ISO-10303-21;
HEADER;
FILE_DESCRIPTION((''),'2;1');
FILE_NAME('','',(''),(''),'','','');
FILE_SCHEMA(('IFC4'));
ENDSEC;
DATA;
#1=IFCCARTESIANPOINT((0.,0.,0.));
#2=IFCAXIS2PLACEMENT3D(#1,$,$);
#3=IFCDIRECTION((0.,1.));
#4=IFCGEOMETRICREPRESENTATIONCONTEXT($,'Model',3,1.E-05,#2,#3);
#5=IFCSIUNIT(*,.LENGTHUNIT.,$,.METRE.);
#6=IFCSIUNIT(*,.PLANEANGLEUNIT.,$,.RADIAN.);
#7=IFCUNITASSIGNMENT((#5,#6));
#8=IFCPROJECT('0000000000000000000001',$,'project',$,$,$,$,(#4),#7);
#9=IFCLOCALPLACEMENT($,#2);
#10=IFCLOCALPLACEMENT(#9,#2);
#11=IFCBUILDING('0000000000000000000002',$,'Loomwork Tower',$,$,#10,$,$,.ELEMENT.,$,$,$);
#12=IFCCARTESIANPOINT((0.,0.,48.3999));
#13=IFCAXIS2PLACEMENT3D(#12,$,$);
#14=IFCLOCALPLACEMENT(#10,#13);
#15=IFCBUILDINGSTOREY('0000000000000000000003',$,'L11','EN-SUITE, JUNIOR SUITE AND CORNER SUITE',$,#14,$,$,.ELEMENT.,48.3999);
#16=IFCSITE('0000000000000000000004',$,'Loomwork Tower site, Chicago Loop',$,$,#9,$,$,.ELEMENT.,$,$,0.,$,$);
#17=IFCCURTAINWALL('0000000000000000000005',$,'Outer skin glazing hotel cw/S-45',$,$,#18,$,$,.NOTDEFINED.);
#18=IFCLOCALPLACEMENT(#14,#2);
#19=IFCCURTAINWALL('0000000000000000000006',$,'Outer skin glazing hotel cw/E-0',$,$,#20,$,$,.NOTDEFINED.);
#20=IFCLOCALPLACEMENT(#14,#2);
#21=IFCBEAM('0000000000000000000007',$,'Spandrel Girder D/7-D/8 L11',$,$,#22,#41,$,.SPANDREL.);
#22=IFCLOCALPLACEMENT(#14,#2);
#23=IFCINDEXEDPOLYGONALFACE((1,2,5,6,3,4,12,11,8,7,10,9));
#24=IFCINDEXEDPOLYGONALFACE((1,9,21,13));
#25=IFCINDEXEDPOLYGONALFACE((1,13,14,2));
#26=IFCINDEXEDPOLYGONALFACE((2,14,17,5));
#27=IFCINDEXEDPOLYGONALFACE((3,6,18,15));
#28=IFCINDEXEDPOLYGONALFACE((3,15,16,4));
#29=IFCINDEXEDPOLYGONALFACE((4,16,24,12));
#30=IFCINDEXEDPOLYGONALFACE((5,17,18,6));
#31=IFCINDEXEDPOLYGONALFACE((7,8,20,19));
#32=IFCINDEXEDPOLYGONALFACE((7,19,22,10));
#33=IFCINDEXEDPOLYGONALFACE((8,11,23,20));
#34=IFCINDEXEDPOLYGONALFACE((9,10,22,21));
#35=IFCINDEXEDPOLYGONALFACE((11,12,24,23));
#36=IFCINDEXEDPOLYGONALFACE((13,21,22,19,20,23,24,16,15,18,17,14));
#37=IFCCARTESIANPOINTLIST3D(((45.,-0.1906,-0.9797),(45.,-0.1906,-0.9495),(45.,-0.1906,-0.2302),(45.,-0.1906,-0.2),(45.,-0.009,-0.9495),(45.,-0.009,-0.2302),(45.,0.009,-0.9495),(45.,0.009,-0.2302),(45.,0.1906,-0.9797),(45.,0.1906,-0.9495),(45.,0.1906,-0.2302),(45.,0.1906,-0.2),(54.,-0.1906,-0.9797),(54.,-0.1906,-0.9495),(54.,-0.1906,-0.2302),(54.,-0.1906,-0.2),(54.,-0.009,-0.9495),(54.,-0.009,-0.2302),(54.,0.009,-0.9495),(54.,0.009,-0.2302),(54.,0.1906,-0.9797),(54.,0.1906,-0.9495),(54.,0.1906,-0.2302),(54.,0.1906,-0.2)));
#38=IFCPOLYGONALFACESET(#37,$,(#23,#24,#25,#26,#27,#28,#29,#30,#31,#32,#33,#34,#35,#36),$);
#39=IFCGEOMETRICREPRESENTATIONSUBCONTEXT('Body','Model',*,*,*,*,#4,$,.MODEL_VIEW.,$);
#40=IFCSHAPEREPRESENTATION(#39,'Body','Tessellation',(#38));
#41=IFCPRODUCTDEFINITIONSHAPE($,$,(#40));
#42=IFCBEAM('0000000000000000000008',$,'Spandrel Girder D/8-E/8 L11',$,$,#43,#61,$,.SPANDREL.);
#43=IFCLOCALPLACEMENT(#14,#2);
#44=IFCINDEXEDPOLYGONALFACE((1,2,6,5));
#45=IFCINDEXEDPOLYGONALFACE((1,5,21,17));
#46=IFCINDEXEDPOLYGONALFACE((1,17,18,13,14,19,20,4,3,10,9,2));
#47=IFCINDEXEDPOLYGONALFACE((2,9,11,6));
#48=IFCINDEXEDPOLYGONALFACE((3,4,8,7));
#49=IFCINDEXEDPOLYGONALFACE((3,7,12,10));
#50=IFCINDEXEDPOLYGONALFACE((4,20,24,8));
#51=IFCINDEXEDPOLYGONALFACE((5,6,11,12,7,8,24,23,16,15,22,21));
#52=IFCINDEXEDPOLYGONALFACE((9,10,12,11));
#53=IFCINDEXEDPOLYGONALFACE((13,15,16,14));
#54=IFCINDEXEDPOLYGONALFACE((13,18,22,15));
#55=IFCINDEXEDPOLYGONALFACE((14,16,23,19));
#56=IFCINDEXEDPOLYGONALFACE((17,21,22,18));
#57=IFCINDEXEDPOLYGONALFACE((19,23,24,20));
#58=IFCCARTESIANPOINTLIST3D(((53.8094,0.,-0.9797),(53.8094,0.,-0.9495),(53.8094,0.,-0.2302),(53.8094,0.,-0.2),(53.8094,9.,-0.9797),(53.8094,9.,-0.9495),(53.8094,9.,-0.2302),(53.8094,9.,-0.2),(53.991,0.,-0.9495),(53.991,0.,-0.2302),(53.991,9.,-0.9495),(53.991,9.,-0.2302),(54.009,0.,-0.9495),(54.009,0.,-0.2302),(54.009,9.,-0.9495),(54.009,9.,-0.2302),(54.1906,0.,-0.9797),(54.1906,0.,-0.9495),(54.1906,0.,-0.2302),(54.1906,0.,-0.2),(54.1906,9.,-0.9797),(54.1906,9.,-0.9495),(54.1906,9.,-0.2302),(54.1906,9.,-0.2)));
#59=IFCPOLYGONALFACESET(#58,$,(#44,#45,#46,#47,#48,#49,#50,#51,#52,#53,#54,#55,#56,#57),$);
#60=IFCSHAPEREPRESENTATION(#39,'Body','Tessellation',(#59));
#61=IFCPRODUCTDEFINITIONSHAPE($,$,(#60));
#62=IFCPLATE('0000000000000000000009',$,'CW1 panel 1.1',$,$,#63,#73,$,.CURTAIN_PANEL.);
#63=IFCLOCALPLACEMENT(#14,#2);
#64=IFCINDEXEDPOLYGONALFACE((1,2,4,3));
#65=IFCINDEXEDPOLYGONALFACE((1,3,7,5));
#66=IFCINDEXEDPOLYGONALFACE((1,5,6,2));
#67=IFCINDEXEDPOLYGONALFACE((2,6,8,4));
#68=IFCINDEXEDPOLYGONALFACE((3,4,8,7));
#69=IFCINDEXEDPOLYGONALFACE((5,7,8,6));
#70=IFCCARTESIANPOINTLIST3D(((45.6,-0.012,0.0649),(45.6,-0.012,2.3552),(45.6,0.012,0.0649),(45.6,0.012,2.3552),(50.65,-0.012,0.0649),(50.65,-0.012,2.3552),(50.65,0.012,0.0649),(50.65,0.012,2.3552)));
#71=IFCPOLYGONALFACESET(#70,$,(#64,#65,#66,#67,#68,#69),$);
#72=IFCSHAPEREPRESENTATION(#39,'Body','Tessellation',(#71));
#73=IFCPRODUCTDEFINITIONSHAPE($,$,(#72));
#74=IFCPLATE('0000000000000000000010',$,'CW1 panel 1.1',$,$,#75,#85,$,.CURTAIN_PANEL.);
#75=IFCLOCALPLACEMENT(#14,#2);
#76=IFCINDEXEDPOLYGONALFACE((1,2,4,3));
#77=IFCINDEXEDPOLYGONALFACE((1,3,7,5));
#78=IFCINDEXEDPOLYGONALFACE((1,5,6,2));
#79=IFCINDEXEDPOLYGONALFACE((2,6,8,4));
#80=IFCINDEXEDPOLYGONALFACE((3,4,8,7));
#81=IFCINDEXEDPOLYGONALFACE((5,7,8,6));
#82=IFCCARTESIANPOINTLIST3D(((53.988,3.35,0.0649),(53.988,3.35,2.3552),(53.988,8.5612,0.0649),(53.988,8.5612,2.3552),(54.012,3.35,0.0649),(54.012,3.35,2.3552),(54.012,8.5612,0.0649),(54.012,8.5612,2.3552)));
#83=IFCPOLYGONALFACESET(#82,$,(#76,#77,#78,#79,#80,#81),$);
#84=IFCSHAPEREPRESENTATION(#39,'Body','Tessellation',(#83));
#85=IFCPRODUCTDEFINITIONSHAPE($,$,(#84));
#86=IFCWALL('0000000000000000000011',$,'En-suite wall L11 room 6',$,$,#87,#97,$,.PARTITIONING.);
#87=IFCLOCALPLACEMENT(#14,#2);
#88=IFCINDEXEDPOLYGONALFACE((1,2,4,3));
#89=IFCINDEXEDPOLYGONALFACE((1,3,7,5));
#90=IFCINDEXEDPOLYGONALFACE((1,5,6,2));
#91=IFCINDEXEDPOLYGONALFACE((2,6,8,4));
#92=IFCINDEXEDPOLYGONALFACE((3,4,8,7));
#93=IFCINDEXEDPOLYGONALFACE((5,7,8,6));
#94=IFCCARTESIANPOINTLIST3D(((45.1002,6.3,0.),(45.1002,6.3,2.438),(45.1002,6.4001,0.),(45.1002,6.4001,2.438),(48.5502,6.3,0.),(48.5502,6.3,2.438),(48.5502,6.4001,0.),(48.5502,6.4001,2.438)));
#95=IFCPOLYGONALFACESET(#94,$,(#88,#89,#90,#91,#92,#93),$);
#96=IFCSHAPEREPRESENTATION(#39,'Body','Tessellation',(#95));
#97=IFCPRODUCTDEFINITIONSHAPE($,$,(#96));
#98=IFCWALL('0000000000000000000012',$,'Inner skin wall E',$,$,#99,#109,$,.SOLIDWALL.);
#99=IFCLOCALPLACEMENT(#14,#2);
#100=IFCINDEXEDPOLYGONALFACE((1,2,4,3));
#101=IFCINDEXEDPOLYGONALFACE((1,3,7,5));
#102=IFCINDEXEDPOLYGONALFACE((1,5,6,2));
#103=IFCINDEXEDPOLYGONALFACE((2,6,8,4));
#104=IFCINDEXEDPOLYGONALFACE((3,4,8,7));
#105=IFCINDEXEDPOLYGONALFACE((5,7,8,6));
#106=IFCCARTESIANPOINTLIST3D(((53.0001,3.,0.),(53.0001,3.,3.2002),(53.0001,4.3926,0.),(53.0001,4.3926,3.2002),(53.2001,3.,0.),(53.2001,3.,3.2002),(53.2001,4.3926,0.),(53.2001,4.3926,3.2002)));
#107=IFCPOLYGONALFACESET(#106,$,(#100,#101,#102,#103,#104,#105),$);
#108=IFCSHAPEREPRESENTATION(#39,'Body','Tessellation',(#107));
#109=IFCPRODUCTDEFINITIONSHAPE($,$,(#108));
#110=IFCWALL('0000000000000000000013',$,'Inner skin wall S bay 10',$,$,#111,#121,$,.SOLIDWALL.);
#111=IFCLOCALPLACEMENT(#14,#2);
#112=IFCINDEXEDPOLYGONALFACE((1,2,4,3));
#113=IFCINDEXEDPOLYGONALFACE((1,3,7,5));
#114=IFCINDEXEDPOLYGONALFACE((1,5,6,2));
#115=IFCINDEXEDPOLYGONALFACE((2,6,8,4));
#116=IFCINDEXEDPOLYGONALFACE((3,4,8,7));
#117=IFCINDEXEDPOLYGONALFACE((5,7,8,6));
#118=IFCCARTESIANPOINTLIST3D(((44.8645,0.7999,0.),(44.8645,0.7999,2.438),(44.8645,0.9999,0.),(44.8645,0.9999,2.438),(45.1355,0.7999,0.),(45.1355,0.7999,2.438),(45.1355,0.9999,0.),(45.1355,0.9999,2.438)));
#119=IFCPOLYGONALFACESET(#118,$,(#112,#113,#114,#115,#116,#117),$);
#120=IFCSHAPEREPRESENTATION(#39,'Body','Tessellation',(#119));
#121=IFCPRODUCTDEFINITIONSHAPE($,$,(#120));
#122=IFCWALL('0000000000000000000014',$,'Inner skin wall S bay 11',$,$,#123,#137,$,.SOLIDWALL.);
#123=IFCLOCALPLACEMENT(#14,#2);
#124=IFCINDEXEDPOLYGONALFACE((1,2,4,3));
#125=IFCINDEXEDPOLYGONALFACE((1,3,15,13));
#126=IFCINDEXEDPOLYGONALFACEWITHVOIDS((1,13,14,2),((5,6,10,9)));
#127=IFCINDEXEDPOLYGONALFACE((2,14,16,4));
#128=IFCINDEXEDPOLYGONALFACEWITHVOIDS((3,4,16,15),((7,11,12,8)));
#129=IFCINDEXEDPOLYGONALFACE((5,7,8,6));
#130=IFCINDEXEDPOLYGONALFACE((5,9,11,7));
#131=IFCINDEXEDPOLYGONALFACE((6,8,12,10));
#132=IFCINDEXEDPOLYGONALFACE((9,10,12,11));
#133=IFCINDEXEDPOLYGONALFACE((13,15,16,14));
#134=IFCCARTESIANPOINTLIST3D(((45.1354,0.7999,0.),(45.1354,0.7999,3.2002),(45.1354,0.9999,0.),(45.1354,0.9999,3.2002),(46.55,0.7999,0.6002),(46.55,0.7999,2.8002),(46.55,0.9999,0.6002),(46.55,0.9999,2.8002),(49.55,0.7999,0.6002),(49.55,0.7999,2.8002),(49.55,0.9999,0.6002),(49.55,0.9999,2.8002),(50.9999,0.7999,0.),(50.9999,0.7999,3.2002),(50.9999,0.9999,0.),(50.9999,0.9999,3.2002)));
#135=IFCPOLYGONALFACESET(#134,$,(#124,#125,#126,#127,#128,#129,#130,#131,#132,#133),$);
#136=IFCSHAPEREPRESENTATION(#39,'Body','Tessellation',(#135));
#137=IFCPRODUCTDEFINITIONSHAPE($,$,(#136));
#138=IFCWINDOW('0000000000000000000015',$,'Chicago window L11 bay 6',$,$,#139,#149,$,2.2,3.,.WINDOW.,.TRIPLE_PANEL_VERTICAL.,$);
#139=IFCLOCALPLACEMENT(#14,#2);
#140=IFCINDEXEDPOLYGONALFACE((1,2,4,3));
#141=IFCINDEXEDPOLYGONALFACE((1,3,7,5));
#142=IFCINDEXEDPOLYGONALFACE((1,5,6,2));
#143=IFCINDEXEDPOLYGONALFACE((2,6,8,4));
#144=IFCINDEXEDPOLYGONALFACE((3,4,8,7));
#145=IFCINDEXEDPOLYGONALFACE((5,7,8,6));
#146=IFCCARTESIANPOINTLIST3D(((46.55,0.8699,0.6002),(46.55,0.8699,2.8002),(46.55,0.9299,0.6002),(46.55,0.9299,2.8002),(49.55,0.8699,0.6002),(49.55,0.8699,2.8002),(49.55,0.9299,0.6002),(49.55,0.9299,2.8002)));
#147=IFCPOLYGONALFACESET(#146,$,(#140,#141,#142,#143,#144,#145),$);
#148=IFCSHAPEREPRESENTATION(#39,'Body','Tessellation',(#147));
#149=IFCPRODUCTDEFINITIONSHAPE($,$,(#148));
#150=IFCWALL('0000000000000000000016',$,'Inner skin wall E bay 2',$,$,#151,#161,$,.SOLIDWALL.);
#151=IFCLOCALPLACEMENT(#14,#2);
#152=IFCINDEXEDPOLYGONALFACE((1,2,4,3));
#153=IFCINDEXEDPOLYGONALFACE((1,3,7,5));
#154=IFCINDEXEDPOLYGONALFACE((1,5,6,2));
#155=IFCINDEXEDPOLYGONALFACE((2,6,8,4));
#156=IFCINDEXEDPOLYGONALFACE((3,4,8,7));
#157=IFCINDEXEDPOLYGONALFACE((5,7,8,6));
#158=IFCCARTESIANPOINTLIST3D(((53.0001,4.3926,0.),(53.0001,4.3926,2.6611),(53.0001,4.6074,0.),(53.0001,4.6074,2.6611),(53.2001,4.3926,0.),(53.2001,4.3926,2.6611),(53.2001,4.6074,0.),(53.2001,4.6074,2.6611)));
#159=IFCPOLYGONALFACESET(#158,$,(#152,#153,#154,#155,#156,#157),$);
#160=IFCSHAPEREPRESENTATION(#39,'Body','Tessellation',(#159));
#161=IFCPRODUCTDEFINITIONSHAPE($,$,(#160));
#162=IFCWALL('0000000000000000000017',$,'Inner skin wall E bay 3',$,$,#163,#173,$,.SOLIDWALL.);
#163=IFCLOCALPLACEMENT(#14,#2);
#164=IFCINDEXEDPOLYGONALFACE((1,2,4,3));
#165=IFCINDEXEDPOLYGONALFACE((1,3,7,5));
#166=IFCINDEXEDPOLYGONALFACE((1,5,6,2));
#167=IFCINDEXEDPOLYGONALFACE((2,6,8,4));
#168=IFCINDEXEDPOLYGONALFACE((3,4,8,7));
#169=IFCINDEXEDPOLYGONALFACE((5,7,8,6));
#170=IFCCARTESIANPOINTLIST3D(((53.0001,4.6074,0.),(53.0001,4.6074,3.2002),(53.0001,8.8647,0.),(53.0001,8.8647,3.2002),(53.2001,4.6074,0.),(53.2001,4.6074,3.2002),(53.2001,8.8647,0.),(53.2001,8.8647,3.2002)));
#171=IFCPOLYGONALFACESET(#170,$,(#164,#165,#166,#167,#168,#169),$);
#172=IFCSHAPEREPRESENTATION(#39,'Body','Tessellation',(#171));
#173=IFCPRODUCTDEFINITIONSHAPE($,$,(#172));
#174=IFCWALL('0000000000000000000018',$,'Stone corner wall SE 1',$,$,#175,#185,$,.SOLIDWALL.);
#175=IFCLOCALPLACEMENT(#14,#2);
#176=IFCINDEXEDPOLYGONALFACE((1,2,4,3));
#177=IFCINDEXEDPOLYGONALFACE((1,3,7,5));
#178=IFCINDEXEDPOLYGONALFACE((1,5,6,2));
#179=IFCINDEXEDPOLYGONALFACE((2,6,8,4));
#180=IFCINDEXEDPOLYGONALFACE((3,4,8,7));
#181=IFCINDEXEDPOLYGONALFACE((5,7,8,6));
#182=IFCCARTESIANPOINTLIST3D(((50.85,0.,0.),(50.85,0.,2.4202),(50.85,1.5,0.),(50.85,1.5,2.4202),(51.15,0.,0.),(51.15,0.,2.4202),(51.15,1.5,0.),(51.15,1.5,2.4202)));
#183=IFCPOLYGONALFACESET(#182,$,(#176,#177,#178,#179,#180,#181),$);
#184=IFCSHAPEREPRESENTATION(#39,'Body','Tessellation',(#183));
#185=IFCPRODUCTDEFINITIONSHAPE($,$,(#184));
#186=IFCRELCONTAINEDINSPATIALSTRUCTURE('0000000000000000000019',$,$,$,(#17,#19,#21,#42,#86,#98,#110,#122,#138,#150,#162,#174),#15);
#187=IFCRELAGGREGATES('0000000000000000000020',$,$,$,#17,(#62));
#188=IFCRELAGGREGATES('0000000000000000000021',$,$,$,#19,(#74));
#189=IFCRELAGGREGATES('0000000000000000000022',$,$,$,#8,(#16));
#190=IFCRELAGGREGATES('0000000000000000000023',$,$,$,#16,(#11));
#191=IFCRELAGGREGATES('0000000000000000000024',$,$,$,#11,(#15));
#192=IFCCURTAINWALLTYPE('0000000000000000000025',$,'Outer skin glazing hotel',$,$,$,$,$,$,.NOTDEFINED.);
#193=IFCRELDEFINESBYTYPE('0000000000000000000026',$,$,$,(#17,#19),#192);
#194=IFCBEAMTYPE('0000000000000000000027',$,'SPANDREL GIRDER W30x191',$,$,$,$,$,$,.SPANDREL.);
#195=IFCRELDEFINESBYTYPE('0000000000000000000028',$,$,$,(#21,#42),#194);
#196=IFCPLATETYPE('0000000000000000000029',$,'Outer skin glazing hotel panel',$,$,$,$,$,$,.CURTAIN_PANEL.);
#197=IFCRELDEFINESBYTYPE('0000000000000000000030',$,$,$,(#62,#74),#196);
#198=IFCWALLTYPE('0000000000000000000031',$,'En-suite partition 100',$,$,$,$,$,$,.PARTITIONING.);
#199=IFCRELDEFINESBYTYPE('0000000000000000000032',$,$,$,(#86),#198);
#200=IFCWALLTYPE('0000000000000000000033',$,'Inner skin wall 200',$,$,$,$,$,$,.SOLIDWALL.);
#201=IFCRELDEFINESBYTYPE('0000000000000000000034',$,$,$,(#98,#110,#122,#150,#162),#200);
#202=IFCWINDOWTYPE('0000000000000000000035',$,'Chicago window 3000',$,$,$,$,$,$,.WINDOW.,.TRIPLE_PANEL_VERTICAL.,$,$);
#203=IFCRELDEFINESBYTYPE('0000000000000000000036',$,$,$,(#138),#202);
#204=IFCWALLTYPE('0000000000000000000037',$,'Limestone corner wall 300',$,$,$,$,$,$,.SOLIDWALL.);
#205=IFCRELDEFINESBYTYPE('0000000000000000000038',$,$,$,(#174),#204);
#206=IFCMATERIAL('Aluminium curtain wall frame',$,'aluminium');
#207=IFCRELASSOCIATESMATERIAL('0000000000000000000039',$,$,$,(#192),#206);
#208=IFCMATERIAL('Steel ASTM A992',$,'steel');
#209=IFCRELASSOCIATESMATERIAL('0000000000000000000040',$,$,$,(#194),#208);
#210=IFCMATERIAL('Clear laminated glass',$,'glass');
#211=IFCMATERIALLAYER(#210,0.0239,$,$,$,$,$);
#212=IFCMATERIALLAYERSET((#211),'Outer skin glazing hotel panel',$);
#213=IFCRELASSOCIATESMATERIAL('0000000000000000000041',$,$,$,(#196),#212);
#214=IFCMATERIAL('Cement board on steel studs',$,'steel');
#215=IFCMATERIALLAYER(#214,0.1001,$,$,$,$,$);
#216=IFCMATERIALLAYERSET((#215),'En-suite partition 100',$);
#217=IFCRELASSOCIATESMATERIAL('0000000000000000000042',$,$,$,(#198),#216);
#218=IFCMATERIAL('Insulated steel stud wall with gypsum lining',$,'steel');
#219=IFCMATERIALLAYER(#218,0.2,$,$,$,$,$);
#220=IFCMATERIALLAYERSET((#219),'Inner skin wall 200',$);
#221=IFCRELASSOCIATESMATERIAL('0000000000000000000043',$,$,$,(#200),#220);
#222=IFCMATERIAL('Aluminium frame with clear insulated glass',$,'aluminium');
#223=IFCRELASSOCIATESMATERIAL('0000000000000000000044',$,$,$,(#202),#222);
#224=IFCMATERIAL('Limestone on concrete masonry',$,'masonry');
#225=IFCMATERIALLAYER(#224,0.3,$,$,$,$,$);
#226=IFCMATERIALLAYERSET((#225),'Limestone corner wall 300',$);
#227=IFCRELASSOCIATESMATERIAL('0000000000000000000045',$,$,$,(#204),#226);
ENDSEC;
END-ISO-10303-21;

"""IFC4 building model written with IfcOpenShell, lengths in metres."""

from ifc_helpers import new_model, si_unit, direction, frame, frame_2d, origin, origin_2d, place, context, subcontext, project, spatial, rectangle, i_section, extrude, material, layer, layer_set, material_profile, profile_set, type_object, element, fill, aggregate, save


model = new_model("IFC4")

# Units and contexts
model_context = context("Model", 3, precision=1e-05, world=origin(), true_north=direction((0.0, 1.0)))
body_context = subcontext(model_context, "Body", "Model", "MODEL_VIEW")
ifc_project = project(units=[si_unit("LENGTHUNIT", "METRE"), si_unit("PLANEANGLEUNIT", "RADIAN")], contexts=[model_context])

# Site, building, storey
site_placement = place(None, origin())
site = spatial("IfcSite", under=ifc_project, at=site_placement, Name="Loomwork Tower site, Chicago Loop", CompositionType="ELEMENT", RefElevation=0.0)
building_placement = place(site_placement, origin())
building = spatial("IfcBuilding", under=site, at=building_placement, Name="Loomwork Tower", CompositionType="ELEMENT")
storey_placement = place(building_placement, frame((0.0, 0.0, 48.3999)))
storey = spatial("IfcBuildingStorey", under=building, at=storey_placement, Name="L11", Description="EN-SUITE, JUNIOR SUITE AND CORNER SUITE", CompositionType="ELEMENT", Elevation=48.3999)

# Curtain wall
ifc_material_1 = material(Name="Aluminium curtain wall frame", Category="aluminium")
curtain_wall_type = type_object("IfcCurtainWallType", Name="Outer skin glazing hotel", PredefinedType="NOTDEFINED", material=ifc_material_1)
curtain_wall_1_placement = place(storey_placement, origin())
curtain_wall_1 = element("IfcCurtainWall", 1, at=curtain_wall_1_placement, inside=storey, type_object=curtain_wall_type, Name="Outer skin glazing hotel cw/S-45", PredefinedType="NOTDEFINED")

# Curtain wall
curtain_wall_2_placement = place(storey_placement, origin())
curtain_wall_2 = element("IfcCurtainWall", 2, at=curtain_wall_2_placement, inside=storey, type_object=curtain_wall_type, Name="Outer skin glazing hotel cw/E-0", PredefinedType="NOTDEFINED")

# Beams
ifc_material_2 = material(Name="Steel ASTM A992", Category="steel")
ifc_material_profile_1 = material_profile(ifc_material_2, i_section(OverallWidth=0.3811, OverallDepth=0.7798, WebThickness=0.0181, FlangeThickness=0.0303, at=origin_2d()), Name="W30x191")
ifc_profile_set_1 = profile_set([ifc_material_profile_1], Name="Steel ASTM A992")
beam_type_1 = type_object("IfcBeamType", Name="SPANDREL GIRDER W30x191", PredefinedType="SPANDREL", material=ifc_profile_set_1)
for number, where, z_axis, x_axis, name in (
    (3, (45.0, 0.0, -0.5898), (1.0, 0.0, 0.0), (0.0, 1.0, 0.0), "Spandrel Girder D/7-D/8 L11"),
    (4, (54.0, 0.0, -0.5898), (0.0, 1.0, 0.0), (-1.0, 0.0, 0.0), "Spandrel Girder D/8-E/8 L11"),
):
    element("IfcBeam", number, at=place(storey_placement, frame(where, z_axis=z_axis, x_axis=x_axis)), inside=storey, type_object=beam_type_1, Name=name, PredefinedType="SPANDREL", context=body_context, shape_type="SweptSolid", body=[
        extrude(i_section(OverallWidth=0.3811, OverallDepth=0.7798, WebThickness=0.0181, FlangeThickness=0.0303, at=origin_2d()), origin(), (0.0, 0.0, 1.0), 9.0),
    ])

# Plates
ifc_material_3 = material(Name="Clear laminated glass", Category="glass")
ifc_layer_1 = layer(ifc_material_3, 0.0239)
ifc_layer_set_1 = layer_set([ifc_layer_1], Name="Outer skin glazing hotel panel")
plate_type = type_object("IfcPlateType", Name="Outer skin glazing hotel panel", PredefinedType="CURTAIN_PANEL", material=ifc_layer_set_1)
plate_1_placement = place(storey_placement, frame((48.125, 0.0, 0.0649), z_axis=(0.0, 0.0, 1.0), x_axis=(1.0, 0.0, 0.0)))
plate_1 = element("IfcPlate", 5, at=plate_1_placement, type_object=plate_type, Name="CW1 panel 1.1", PredefinedType="CURTAIN_PANEL", context=body_context, shape_type="SweptSolid", body=[
    extrude(rectangle(XDim=5.05, YDim=0.0239, at=origin_2d()), origin(), (0.0, 0.0, 1.0), 2.2903),
])
aggregate(curtain_wall_1, [plate_1])
plate_2_placement = place(storey_placement, frame((54.0, 5.9556, 0.0649), z_axis=(0.0, 0.0, 1.0), x_axis=(0.0, 1.0, 0.0)))
plate_2 = element("IfcPlate", 6, at=plate_2_placement, type_object=plate_type, Name="CW1 panel 1.1", PredefinedType="CURTAIN_PANEL", context=body_context, shape_type="SweptSolid", body=[
    extrude(rectangle(XDim=5.2112, YDim=0.0239, at=origin_2d()), origin(), (0.0, 0.0, 1.0), 2.2903),
])
aggregate(curtain_wall_2, [plate_2])

# Walls
ifc_material_4 = material(Name="Cement board on steel studs", Category="steel")
ifc_layer_2 = layer(ifc_material_4, 0.1001)
ifc_layer_set_2 = layer_set([ifc_layer_2], Name="En-suite partition 100")
wall_type_1 = type_object("IfcWallType", Name="En-suite partition 100", PredefinedType="PARTITIONING", material=ifc_layer_set_2)
wall_1_placement = place(storey_placement, frame((45.1001, 6.3501, 0.0), z_axis=(0.0, 0.0, 1.0), x_axis=(1.0, 0.0, 0.0)))
element("IfcWall", 7, at=wall_1_placement, inside=storey, type_object=wall_type_1, Name="En-suite wall L11 room 6", PredefinedType="PARTITIONING", context=body_context, shape_type="SweptSolid", body=[
    extrude(rectangle(XDim=3.45, YDim=0.1001, at=frame_2d((1.7251, 0.0))), origin(), (0.0, 0.0, 1.0), 2.438),
])
ifc_material_5 = material(Name="Insulated steel stud wall with gypsum lining", Category="steel")
ifc_layer_3 = layer(ifc_material_5, 0.2)
ifc_layer_set_3 = layer_set([ifc_layer_3], Name="Inner skin wall 200")
wall_type_2 = type_object("IfcWallType", Name="Inner skin wall 200", PredefinedType="SOLIDWALL", material=ifc_layer_set_3)
wall_2_placement = place(storey_placement, frame((53.1001, 3.0, 0.0), z_axis=(0.0, 0.0, 1.0), x_axis=(0.0, 1.0, 0.0)))
element("IfcWall", 8, at=wall_2_placement, inside=storey, type_object=wall_type_2, Name="Inner skin wall E", PredefinedType="SOLIDWALL", context=body_context, shape_type="SweptSolid", body=[
    extrude(rectangle(XDim=1.3926, YDim=0.2, at=frame_2d((0.6963, 0.0))), origin(), (0.0, 0.0, 1.0), 3.2002),
])
wall_3_placement = place(storey_placement, frame((44.8645, 0.8999, 0.0), z_axis=(0.0, 0.0, 1.0), x_axis=(1.0, 0.0, 0.0)))
element("IfcWall", 9, at=wall_3_placement, inside=storey, type_object=wall_type_2, Name="Inner skin wall S bay 10", PredefinedType="SOLIDWALL", context=body_context, shape_type="SweptSolid", body=[
    extrude(rectangle(XDim=0.271, YDim=0.2, at=frame_2d((0.1355, 0.0))), origin(), (0.0, 0.0, 1.0), 2.438),
])

# Wall, opening, window
wall_4_placement = place(storey_placement, frame((45.1355, 0.8999, 0.0), z_axis=(0.0, 0.0, 1.0), x_axis=(1.0, 0.0, 0.0)))
wall_4 = element("IfcWall", 10, at=wall_4_placement, inside=storey, type_object=wall_type_2, Name="Inner skin wall S bay 11", PredefinedType="SOLIDWALL", context=body_context, shape_type="SweptSolid", body=[
    extrude(rectangle(XDim=5.8645, YDim=0.2, at=frame_2d((2.9321, 0.0))), origin(), (0.0, 0.0, 1.0), 3.2002),
])
opening_1_placement = place(wall_4_placement, frame((1.4146, 0.0, 0.6001)))
opening_1 = element("IfcOpeningElement", 11, at=opening_1_placement, cuts=wall_4, PredefinedType="OPENING", context=body_context, shape_type="SweptSolid", body=[
    extrude(rectangle(XDim=3.0, YDim=2.2, at=frame_2d((1.5, 1.1001))), frame((0.0, 0.1099, 0.0), z_axis=(0.0, -1.0, 0.0), x_axis=(1.0, 0.0, 0.0)), (0.0, 0.0, 1.0), 0.22),
])
ifc_material_6 = material(Name="Aluminium frame with clear insulated glass", Category="aluminium")
window_type_1 = type_object("IfcWindowType", Name="Chicago window 3000", PartitioningType="TRIPLE_PANEL_VERTICAL", PredefinedType="WINDOW", material=ifc_material_6)
window_1_placement = place(opening_1_placement, origin())
window_1 = element("IfcWindow", 12, at=window_1_placement, inside=storey, type_object=window_type_1, Name="Chicago window L11 bay 6", OverallHeight=2.2, OverallWidth=3.0, PartitioningType="TRIPLE_PANEL_VERTICAL", PredefinedType="WINDOW", context=body_context, shape_type="SweptSolid", body=[
    extrude(rectangle(XDim=3.0, YDim=2.2, at=frame_2d((1.5, 1.1001))), frame((0.0, 0.03, 0.0), z_axis=(0.0, -1.0, 0.0), x_axis=(1.0, 0.0, 0.0)), (0.0, 0.0, 1.0), 0.0601),
])
fill(opening_1, window_1)

# Walls
wall_5_placement = place(storey_placement, frame((53.1001, 4.3926, 0.0), z_axis=(0.0, 0.0, 1.0), x_axis=(0.0, 1.0, 0.0)))
element("IfcWall", 13, at=wall_5_placement, inside=storey, type_object=wall_type_2, Name="Inner skin wall E bay 2", PredefinedType="SOLIDWALL", context=body_context, shape_type="SweptSolid", body=[
    extrude(rectangle(XDim=0.2148, YDim=0.2, at=frame_2d((0.1074, 0.0))), origin(), (0.0, 0.0, 1.0), 2.6611),
])
wall_6_placement = place(storey_placement, frame((53.1001, 4.6074, 0.0), z_axis=(0.0, 0.0, 1.0), x_axis=(0.0, 1.0, 0.0)))
element("IfcWall", 14, at=wall_6_placement, inside=storey, type_object=wall_type_2, Name="Inner skin wall E bay 3", PredefinedType="SOLIDWALL", context=body_context, shape_type="SweptSolid", body=[
    extrude(rectangle(XDim=4.2573, YDim=0.2, at=frame_2d((2.1287, 0.0))), origin(), (0.0, 0.0, 1.0), 3.2002),
])
ifc_material_7 = material(Name="Limestone on concrete masonry", Category="masonry")
ifc_layer_4 = layer(ifc_material_7, 0.3)
ifc_layer_set_4 = layer_set([ifc_layer_4], Name="Limestone corner wall 300")
wall_type_3 = type_object("IfcWallType", Name="Limestone corner wall 300", PredefinedType="SOLIDWALL", material=ifc_layer_set_4)
wall_7_placement = place(storey_placement, frame((51.0, 0.0, 0.0), z_axis=(0.0, 0.0, 1.0), x_axis=(0.0, 1.0, 0.0)))
element("IfcWall", 15, at=wall_7_placement, inside=storey, type_object=wall_type_3, Name="Stone corner wall SE 1", PredefinedType="SOLIDWALL", context=body_context, shape_type="SweptSolid", body=[
    extrude(rectangle(XDim=1.5, YDim=0.3, at=frame_2d((0.75, 0.0))), origin(), (0.0, 0.0, 1.0), 2.4202),
])

save(model, "model.ifc")
